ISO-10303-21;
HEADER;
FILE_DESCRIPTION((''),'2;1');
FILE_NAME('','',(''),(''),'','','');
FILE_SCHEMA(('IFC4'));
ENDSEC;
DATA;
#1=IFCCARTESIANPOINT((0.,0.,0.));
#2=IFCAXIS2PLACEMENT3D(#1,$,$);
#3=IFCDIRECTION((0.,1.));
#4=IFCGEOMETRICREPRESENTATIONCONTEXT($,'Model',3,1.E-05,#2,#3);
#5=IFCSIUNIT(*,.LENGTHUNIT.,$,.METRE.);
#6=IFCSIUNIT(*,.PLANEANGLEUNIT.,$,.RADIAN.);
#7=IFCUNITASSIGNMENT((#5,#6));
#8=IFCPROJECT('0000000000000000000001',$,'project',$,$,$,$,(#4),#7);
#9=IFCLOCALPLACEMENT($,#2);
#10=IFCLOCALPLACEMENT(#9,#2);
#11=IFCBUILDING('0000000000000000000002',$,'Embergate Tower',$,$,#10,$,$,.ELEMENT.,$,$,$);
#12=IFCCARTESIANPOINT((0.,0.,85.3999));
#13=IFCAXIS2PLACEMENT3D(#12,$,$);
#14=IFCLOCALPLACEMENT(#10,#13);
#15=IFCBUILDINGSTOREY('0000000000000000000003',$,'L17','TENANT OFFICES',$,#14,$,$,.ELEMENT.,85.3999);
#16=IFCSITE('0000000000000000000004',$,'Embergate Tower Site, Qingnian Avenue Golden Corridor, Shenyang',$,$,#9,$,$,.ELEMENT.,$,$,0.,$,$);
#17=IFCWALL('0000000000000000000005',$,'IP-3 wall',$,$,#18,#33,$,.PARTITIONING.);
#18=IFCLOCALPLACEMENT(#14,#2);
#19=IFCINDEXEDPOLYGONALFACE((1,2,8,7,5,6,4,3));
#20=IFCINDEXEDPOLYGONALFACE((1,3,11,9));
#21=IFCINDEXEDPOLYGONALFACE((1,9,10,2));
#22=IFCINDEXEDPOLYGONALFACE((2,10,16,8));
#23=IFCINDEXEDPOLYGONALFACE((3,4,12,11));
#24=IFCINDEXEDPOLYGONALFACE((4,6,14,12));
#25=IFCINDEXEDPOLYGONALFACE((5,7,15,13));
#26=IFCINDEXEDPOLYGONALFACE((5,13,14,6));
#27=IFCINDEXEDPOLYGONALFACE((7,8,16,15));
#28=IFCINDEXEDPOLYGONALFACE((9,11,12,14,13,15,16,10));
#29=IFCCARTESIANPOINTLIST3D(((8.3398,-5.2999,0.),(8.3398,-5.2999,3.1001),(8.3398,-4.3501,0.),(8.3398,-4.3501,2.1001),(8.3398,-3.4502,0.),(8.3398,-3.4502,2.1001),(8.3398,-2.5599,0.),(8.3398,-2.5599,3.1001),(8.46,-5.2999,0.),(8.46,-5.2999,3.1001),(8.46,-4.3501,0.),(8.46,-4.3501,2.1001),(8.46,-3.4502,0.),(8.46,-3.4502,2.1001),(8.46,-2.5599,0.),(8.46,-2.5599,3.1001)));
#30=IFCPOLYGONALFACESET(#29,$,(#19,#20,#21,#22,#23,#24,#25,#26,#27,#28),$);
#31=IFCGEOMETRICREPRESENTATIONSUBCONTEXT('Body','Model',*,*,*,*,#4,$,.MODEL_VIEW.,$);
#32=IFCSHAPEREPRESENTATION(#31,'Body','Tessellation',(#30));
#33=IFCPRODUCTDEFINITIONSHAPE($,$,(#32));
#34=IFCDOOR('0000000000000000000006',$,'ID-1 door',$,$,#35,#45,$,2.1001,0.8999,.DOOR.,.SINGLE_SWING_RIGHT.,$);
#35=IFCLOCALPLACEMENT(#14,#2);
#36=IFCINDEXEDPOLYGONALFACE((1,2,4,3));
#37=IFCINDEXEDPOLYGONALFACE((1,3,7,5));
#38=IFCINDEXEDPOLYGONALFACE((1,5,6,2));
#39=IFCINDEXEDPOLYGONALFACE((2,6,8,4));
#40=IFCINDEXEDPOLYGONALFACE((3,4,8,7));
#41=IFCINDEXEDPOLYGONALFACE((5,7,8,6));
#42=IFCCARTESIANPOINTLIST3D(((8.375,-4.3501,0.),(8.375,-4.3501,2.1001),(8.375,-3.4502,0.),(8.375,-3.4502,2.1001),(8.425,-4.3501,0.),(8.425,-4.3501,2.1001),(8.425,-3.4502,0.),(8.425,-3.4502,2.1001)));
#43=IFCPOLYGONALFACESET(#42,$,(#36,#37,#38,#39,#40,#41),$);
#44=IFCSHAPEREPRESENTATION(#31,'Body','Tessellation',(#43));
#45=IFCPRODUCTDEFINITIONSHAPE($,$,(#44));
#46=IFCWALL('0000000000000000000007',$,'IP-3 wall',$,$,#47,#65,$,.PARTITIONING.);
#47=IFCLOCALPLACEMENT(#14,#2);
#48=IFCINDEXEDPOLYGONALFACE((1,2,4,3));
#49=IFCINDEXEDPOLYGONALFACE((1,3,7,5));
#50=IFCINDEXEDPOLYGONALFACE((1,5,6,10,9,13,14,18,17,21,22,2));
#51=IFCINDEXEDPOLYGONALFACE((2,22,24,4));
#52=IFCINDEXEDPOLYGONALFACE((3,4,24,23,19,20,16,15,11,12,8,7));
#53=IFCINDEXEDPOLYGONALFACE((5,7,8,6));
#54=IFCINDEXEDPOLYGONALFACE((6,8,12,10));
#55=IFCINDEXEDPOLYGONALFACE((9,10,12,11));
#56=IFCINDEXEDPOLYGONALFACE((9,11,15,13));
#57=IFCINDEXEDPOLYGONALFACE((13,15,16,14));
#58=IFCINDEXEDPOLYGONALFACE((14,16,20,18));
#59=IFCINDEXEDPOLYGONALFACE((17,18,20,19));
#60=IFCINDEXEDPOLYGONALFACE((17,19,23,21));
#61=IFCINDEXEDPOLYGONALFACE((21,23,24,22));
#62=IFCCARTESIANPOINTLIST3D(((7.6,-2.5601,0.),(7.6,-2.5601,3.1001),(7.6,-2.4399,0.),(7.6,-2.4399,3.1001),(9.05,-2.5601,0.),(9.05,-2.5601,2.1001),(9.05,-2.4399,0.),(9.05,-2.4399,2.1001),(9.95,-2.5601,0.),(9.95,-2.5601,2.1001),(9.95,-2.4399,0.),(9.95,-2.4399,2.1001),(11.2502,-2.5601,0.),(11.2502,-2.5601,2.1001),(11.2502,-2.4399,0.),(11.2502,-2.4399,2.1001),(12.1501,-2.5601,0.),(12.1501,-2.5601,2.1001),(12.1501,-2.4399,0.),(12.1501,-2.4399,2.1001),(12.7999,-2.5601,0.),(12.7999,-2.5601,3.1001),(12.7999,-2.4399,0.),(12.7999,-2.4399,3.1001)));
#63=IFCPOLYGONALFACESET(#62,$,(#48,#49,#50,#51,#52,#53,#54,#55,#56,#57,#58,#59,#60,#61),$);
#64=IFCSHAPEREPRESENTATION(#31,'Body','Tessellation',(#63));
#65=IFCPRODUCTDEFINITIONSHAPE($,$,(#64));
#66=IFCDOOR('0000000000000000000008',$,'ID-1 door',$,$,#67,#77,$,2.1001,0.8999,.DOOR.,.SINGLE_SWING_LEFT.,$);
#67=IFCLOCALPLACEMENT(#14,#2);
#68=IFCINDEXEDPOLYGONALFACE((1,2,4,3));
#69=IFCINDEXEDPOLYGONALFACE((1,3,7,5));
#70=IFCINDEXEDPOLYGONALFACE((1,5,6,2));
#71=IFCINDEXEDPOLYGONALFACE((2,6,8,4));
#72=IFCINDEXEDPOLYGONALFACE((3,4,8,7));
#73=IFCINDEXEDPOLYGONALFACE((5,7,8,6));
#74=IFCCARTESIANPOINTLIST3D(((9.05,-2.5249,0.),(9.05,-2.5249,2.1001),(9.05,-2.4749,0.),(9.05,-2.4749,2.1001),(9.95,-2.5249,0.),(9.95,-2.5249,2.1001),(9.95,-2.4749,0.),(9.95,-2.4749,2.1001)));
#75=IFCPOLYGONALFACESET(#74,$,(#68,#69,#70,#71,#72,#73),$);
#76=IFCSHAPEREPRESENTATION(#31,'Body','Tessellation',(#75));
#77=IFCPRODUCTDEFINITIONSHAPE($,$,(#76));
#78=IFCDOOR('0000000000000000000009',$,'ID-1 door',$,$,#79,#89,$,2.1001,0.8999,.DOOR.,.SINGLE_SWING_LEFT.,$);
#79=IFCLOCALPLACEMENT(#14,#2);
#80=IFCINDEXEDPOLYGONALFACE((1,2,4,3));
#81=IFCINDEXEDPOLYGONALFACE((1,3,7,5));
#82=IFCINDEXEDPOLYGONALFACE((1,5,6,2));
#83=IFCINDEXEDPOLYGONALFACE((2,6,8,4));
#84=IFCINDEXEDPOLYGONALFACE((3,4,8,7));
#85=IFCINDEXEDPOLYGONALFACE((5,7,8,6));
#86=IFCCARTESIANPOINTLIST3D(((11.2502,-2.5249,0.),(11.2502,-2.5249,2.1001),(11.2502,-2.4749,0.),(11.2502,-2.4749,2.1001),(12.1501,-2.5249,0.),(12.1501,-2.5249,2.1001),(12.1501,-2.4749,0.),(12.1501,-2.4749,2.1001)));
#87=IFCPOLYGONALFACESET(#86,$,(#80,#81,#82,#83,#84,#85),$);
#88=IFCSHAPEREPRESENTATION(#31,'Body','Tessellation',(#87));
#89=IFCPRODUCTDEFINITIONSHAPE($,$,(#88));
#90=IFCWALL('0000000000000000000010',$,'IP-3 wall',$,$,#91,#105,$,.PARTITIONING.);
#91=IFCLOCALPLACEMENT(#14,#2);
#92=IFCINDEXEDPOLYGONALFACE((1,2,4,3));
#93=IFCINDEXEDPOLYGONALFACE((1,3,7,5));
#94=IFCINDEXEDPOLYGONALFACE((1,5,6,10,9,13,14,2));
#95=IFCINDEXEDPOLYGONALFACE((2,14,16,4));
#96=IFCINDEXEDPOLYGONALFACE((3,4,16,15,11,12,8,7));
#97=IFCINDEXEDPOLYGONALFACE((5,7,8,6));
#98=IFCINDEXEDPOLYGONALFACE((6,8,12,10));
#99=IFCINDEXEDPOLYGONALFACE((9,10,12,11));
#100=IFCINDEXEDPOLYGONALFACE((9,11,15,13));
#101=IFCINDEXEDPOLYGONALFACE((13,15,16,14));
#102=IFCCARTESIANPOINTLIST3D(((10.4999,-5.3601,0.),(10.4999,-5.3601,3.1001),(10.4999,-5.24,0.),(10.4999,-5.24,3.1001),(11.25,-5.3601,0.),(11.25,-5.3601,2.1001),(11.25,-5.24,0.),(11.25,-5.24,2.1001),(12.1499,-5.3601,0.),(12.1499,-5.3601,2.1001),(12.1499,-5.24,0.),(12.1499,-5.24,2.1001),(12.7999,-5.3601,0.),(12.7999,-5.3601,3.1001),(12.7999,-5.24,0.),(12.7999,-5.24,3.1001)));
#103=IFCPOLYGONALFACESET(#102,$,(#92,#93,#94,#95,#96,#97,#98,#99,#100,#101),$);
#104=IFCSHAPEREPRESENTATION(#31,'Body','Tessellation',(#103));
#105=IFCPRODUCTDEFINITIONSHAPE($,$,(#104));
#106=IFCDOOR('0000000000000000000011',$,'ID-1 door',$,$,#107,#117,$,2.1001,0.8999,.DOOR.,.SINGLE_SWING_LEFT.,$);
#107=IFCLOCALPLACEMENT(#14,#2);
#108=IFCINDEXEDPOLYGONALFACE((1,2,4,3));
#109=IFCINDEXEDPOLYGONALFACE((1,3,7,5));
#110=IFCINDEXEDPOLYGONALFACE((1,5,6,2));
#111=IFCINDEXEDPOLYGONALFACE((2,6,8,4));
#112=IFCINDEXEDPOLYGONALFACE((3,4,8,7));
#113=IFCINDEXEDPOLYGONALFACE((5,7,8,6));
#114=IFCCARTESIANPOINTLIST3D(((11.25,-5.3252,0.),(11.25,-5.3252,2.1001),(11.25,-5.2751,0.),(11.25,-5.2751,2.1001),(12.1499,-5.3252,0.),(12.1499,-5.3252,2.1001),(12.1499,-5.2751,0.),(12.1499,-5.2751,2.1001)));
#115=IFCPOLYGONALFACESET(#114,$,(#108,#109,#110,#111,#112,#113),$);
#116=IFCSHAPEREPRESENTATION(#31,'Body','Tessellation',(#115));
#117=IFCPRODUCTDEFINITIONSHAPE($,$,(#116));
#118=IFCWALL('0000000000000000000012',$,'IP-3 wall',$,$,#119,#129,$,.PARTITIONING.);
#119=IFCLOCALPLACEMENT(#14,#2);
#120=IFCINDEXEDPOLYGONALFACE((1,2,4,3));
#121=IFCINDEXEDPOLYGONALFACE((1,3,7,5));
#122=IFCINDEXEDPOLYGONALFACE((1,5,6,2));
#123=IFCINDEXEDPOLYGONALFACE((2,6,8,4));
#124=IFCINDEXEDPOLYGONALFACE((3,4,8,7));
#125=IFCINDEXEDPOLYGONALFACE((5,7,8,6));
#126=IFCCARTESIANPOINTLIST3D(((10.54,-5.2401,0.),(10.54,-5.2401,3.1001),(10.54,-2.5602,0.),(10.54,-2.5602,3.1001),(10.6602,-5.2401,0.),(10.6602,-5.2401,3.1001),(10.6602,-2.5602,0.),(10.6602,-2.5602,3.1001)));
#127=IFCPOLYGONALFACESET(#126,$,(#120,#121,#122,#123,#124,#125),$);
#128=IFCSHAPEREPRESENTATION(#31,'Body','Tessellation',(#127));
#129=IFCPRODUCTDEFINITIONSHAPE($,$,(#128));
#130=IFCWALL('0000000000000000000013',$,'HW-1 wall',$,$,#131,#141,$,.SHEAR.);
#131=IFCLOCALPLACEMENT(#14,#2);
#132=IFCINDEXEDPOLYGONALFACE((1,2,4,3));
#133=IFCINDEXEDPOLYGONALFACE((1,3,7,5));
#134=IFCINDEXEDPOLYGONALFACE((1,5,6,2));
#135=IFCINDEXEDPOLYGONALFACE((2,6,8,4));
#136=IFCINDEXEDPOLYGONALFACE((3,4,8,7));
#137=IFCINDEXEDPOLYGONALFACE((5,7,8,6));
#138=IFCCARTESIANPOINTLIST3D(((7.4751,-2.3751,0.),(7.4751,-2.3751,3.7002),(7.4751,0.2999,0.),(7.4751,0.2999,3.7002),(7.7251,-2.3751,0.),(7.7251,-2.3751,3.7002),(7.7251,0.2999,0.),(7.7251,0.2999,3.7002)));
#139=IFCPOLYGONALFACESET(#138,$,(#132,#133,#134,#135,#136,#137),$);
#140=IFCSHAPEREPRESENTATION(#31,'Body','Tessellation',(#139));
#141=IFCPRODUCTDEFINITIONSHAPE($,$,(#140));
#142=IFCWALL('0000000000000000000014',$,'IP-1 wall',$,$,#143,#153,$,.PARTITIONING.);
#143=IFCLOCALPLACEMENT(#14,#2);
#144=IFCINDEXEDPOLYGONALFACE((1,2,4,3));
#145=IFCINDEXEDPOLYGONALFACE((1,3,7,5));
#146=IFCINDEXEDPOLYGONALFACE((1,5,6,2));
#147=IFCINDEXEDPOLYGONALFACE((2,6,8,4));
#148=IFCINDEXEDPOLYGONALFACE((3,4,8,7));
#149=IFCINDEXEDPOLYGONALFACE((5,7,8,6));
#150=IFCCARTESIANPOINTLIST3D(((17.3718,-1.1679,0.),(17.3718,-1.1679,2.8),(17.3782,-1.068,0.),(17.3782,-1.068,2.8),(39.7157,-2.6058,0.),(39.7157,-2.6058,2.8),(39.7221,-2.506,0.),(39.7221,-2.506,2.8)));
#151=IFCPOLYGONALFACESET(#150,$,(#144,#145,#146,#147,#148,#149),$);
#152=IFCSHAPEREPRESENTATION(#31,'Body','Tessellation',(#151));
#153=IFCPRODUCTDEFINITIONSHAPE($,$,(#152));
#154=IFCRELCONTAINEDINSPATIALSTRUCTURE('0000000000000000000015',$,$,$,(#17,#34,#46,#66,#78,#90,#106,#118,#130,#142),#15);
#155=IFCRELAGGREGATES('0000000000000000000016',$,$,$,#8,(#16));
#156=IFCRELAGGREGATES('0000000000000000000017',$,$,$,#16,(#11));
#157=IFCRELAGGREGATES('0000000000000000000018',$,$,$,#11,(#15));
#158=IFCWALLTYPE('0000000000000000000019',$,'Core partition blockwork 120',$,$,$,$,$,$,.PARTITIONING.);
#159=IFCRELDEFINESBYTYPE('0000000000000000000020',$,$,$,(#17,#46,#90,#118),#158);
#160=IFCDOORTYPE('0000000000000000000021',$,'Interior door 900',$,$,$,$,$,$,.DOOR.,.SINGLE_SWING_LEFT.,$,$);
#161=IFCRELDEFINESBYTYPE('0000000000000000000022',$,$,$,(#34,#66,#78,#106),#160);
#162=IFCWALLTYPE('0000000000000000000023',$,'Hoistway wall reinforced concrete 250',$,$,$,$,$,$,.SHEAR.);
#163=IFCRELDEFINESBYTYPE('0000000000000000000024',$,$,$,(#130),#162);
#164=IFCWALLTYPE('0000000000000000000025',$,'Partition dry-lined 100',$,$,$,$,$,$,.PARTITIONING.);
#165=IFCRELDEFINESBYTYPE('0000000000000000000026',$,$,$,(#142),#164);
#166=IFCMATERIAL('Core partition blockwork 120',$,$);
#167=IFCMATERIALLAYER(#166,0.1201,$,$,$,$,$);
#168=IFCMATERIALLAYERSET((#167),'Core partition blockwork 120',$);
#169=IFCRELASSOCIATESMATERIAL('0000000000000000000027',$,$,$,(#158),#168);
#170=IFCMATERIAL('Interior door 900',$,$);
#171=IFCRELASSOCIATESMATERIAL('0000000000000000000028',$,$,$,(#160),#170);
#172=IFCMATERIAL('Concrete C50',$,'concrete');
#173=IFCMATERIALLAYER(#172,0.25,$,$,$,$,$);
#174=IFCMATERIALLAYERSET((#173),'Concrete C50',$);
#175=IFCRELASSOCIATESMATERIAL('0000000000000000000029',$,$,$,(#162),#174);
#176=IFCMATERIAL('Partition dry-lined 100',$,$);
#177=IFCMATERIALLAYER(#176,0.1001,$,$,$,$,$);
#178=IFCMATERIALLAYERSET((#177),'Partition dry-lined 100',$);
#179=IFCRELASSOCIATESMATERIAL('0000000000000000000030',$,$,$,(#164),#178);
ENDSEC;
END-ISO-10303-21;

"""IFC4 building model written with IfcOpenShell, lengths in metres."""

from ifc_helpers import new_model, si_unit, direction, frame, frame_2d, origin, place, context, subcontext, project, spatial, rectangle, extrude, source, transform, mapped, material, layer, layer_set, type_object, element, fill, save


model = new_model("IFC4")

# Units and contexts
model_context = context("Model", 3, precision=1e-05, world=origin(), true_north=direction((0.0, 1.0)))
body_context = subcontext(model_context, "Body", "Model", "MODEL_VIEW")
ifc_project = project(units=[si_unit("LENGTHUNIT", "METRE"), si_unit("PLANEANGLEUNIT", "RADIAN")], contexts=[model_context])

# Site, building, storey
site_placement = place(None, origin())
site = spatial("IfcSite", under=ifc_project, at=site_placement, Name="Embergate Tower Site, Qingnian Avenue Golden Corridor, Shenyang", CompositionType="ELEMENT", RefElevation=0.0)
building_placement = place(site_placement, origin())
building = spatial("IfcBuilding", under=site, at=building_placement, Name="Embergate Tower", CompositionType="ELEMENT")
storey_placement = place(building_placement, frame((0.0, 0.0, 85.3999)))
storey = spatial("IfcBuildingStorey", under=building, at=storey_placement, Name="L17", Description="TENANT OFFICES", CompositionType="ELEMENT", Elevation=85.3999)

# Wall, opening, door
ifc_material_1 = material(Name="Core partition blockwork 120")
ifc_layer_1 = layer(ifc_material_1, 0.1201)
ifc_layer_set_1 = layer_set([ifc_layer_1], Name="Core partition blockwork 120")
wall_type_1 = type_object("IfcWallType", Name="Core partition blockwork 120", PredefinedType="PARTITIONING", material=ifc_layer_set_1)
shared_shape_1 = source(origin(), body_context, "Body", "SweptSolid", [
    extrude(rectangle(XDim=2.74, YDim=0.1201, at=frame_2d((1.3701, 0.0))), origin(), (0.0, 0.0, 1.0), 3.1001),
])
wall_1_placement = place(storey_placement, frame((8.3999, -5.3, 0.0), z_axis=(0.0, 0.0, 1.0), x_axis=(0.0, 1.0, 0.0)))
wall_1 = element("IfcWall", 1, at=wall_1_placement, inside=storey, type_object=wall_type_1, Name="IP-3 wall", PredefinedType="PARTITIONING", context=body_context, shape_type="MappedRepresentation", body=[
    mapped(shared_shape_1, transform((0.0, 0.0, 0.0))),
])
shared_shape_2 = source(origin(), body_context, "Body", "SweptSolid", [
    extrude(rectangle(XDim=0.8999, YDim=2.1001, at=frame_2d((0.45, 1.05))), frame((0.0, 0.0701, 0.0), z_axis=(0.0, -1.0, 0.0), x_axis=(1.0, 0.0, 0.0)), (0.0, 0.0, 1.0), 0.1401),
])
opening_1_placement = place(wall_1_placement, frame((0.95, 0.0, 0.0)))
opening_1 = element("IfcOpeningElement", 2, at=opening_1_placement, cuts=wall_1, PredefinedType="OPENING", context=body_context, shape_type="MappedRepresentation", body=[
    mapped(shared_shape_2, transform((0.0, 0.0, 0.0))),
])
ifc_material_2 = material(Name="Interior door 900")
door_type = type_object("IfcDoorType", Name="Interior door 900", OperationType="SINGLE_SWING_LEFT", PredefinedType="DOOR", material=ifc_material_2)
shared_shape_3 = source(origin(), body_context, "Body", "SweptSolid", [
    extrude(rectangle(XDim=0.8999, YDim=2.1001, at=frame_2d((0.45, 1.05))), frame((0.0, 0.0249, 0.0), z_axis=(0.0, -1.0, 0.0), x_axis=(1.0, 0.0, 0.0)), (0.0, 0.0, 1.0), 0.05),
])
door_1_placement = place(opening_1_placement, origin())
door_1 = element("IfcDoor", 3, at=door_1_placement, inside=storey, type_object=door_type, Name="ID-1 door", OperationType="SINGLE_SWING_RIGHT", OverallHeight=2.1001, OverallWidth=0.8999, PredefinedType="DOOR", context=body_context, shape_type="MappedRepresentation", body=[
    mapped(shared_shape_3, transform((0.0, 0.0, 0.0))),
])
fill(opening_1, door_1)

# Wall, openings, doors
shared_shape_4 = source(origin(), body_context, "Body", "SweptSolid", [
    extrude(rectangle(XDim=5.2, YDim=0.1201, at=frame_2d((2.6001, 0.0))), origin(), (0.0, 0.0, 1.0), 3.1001),
])
wall_2_placement = place(storey_placement, frame((12.8, -2.5, 0.0), z_axis=(0.0, 0.0, 1.0), x_axis=(-1.0, 0.0, 0.0)))
wall_2 = element("IfcWall", 4, at=wall_2_placement, inside=storey, type_object=wall_type_1, Name="IP-3 wall", PredefinedType="PARTITIONING", context=body_context, shape_type="MappedRepresentation", body=[
    mapped(shared_shape_4, transform((0.0, 0.0, 0.0))),
])
opening_2_placement = place(wall_2_placement, frame((2.8501, 0.0, 0.0)))
opening_2 = element("IfcOpeningElement", 5, at=opening_2_placement, cuts=wall_2, PredefinedType="OPENING", context=body_context, shape_type="MappedRepresentation", body=[
    mapped(shared_shape_2, transform((0.0, 0.0, 0.0))),
])
opening_3_placement = place(wall_2_placement, frame((0.6499, 0.0, 0.0)))
opening_3 = element("IfcOpeningElement", 6, at=opening_3_placement, cuts=wall_2, PredefinedType="OPENING", context=body_context, shape_type="MappedRepresentation", body=[
    mapped(shared_shape_2, transform((0.0, 0.0, 0.0))),
])
door_2_placement = place(opening_2_placement, origin())
door_2 = element("IfcDoor", 7, at=door_2_placement, inside=storey, type_object=door_type, Name="ID-1 door", OperationType="SINGLE_SWING_LEFT", OverallHeight=2.1001, OverallWidth=0.8999, PredefinedType="DOOR", context=body_context, shape_type="MappedRepresentation", body=[
    mapped(shared_shape_3, transform((0.0, 0.0, 0.0))),
])
fill(opening_2, door_2)
door_3_placement = place(opening_3_placement, origin())
door_3 = element("IfcDoor", 8, at=door_3_placement, inside=storey, type_object=door_type, Name="ID-1 door", OperationType="SINGLE_SWING_LEFT", OverallHeight=2.1001, OverallWidth=0.8999, PredefinedType="DOOR", context=body_context, shape_type="MappedRepresentation", body=[
    mapped(shared_shape_3, transform((0.0, 0.0, 0.0))),
])
fill(opening_3, door_3)

# Wall, opening, door
shared_shape_5 = source(origin(), body_context, "Body", "SweptSolid", [
    extrude(rectangle(XDim=2.3, YDim=0.1201, at=frame_2d((1.1499, 0.0))), origin(), (0.0, 0.0, 1.0), 3.1001),
])
wall_3_placement = place(storey_placement, frame((10.5, -5.3, 0.0), z_axis=(0.0, 0.0, 1.0), x_axis=(1.0, 0.0, 0.0)))
wall_3 = element("IfcWall", 9, at=wall_3_placement, inside=storey, type_object=wall_type_1, Name="IP-3 wall", PredefinedType="PARTITIONING", context=body_context, shape_type="MappedRepresentation", body=[
    mapped(shared_shape_5, transform((0.0, 0.0, 0.0))),
])
opening_4_placement = place(wall_3_placement, frame((0.75, 0.0, 0.0)))
opening_4 = element("IfcOpeningElement", 10, at=opening_4_placement, cuts=wall_3, PredefinedType="OPENING", context=body_context, shape_type="MappedRepresentation", body=[
    mapped(shared_shape_2, transform((0.0, 0.0, 0.0))),
])
door_4_placement = place(opening_4_placement, origin())
door_4 = element("IfcDoor", 11, at=door_4_placement, inside=storey, type_object=door_type, Name="ID-1 door", OperationType="SINGLE_SWING_LEFT", OverallHeight=2.1001, OverallWidth=0.8999, PredefinedType="DOOR", context=body_context, shape_type="MappedRepresentation", body=[
    mapped(shared_shape_3, transform((0.0, 0.0, 0.0))),
])
fill(opening_4, door_4)

# Walls
shared_shape_6 = source(origin(), body_context, "Body", "SweptSolid", [
    extrude(rectangle(XDim=2.6799, YDim=0.1201, at=frame_2d((1.3398, 0.0))), origin(), (0.0, 0.0, 1.0), 3.1001),
])
wall_4_placement = place(storey_placement, frame((10.6001, -5.24, 0.0), z_axis=(0.0, 0.0, 1.0), x_axis=(0.0, 1.0, 0.0)))
element("IfcWall", 12, at=wall_4_placement, inside=storey, type_object=wall_type_1, Name="IP-3 wall", PredefinedType="PARTITIONING", context=body_context, shape_type="MappedRepresentation", body=[
    mapped(shared_shape_6, transform((0.0, 0.0, 0.0))),
])
ifc_material_3 = material(Name="Concrete C50", Category="concrete")
ifc_layer_2 = layer(ifc_material_3, 0.25)
ifc_layer_set_2 = layer_set([ifc_layer_2], Name="Concrete C50")
wall_type_2 = type_object("IfcWallType", Name="Hoistway wall reinforced concrete 250", PredefinedType="SHEAR", material=ifc_layer_set_2)
shared_shape_7 = source(origin(), body_context, "Body", "SweptSolid", [
    extrude(rectangle(XDim=2.675, YDim=0.25, at=frame_2d((1.3374, 0.0))), origin(), (0.0, 0.0, 1.0), 3.7002),
])
wall_5_placement = place(storey_placement, frame((7.6001, -2.375, 0.0), z_axis=(0.0, 0.0, 1.0), x_axis=(0.0, 1.0, 0.0)))
element("IfcWall", 13, at=wall_5_placement, inside=storey, type_object=wall_type_2, Name="HW-1 wall", PredefinedType="SHEAR", context=body_context, shape_type="MappedRepresentation", body=[
    mapped(shared_shape_7, transform((0.0, 0.0, 0.0))),
])
ifc_material_4 = material(Name="Partition dry-lined 100")
ifc_layer_3 = layer(ifc_material_4, 0.1001)
ifc_layer_set_3 = layer_set([ifc_layer_3], Name="Partition dry-lined 100")
wall_type_3 = type_object("IfcWallType", Name="Partition dry-lined 100", PredefinedType="PARTITIONING", material=ifc_layer_set_3)
shared_shape_8 = source(origin(), body_context, "Body", "SweptSolid", [
    extrude(rectangle(XDim=22.3901, YDim=0.1001, at=frame_2d((11.1951, 0.0))), origin(), (0.0, 0.0, 1.0), 2.8),
])
wall_6_placement = place(storey_placement, frame((17.375, -1.1179, 0.0), z_axis=(0.0, 0.0, 1.0), x_axis=(0.997936, -0.064224, 0.0)))
element("IfcWall", 14, at=wall_6_placement, inside=storey, type_object=wall_type_3, Name="IP-1 wall", PredefinedType="PARTITIONING", context=body_context, shape_type="MappedRepresentation", body=[
    mapped(shared_shape_8, transform((0.0, 0.0, 0.0))),
])

save(model, "model.ifc")
